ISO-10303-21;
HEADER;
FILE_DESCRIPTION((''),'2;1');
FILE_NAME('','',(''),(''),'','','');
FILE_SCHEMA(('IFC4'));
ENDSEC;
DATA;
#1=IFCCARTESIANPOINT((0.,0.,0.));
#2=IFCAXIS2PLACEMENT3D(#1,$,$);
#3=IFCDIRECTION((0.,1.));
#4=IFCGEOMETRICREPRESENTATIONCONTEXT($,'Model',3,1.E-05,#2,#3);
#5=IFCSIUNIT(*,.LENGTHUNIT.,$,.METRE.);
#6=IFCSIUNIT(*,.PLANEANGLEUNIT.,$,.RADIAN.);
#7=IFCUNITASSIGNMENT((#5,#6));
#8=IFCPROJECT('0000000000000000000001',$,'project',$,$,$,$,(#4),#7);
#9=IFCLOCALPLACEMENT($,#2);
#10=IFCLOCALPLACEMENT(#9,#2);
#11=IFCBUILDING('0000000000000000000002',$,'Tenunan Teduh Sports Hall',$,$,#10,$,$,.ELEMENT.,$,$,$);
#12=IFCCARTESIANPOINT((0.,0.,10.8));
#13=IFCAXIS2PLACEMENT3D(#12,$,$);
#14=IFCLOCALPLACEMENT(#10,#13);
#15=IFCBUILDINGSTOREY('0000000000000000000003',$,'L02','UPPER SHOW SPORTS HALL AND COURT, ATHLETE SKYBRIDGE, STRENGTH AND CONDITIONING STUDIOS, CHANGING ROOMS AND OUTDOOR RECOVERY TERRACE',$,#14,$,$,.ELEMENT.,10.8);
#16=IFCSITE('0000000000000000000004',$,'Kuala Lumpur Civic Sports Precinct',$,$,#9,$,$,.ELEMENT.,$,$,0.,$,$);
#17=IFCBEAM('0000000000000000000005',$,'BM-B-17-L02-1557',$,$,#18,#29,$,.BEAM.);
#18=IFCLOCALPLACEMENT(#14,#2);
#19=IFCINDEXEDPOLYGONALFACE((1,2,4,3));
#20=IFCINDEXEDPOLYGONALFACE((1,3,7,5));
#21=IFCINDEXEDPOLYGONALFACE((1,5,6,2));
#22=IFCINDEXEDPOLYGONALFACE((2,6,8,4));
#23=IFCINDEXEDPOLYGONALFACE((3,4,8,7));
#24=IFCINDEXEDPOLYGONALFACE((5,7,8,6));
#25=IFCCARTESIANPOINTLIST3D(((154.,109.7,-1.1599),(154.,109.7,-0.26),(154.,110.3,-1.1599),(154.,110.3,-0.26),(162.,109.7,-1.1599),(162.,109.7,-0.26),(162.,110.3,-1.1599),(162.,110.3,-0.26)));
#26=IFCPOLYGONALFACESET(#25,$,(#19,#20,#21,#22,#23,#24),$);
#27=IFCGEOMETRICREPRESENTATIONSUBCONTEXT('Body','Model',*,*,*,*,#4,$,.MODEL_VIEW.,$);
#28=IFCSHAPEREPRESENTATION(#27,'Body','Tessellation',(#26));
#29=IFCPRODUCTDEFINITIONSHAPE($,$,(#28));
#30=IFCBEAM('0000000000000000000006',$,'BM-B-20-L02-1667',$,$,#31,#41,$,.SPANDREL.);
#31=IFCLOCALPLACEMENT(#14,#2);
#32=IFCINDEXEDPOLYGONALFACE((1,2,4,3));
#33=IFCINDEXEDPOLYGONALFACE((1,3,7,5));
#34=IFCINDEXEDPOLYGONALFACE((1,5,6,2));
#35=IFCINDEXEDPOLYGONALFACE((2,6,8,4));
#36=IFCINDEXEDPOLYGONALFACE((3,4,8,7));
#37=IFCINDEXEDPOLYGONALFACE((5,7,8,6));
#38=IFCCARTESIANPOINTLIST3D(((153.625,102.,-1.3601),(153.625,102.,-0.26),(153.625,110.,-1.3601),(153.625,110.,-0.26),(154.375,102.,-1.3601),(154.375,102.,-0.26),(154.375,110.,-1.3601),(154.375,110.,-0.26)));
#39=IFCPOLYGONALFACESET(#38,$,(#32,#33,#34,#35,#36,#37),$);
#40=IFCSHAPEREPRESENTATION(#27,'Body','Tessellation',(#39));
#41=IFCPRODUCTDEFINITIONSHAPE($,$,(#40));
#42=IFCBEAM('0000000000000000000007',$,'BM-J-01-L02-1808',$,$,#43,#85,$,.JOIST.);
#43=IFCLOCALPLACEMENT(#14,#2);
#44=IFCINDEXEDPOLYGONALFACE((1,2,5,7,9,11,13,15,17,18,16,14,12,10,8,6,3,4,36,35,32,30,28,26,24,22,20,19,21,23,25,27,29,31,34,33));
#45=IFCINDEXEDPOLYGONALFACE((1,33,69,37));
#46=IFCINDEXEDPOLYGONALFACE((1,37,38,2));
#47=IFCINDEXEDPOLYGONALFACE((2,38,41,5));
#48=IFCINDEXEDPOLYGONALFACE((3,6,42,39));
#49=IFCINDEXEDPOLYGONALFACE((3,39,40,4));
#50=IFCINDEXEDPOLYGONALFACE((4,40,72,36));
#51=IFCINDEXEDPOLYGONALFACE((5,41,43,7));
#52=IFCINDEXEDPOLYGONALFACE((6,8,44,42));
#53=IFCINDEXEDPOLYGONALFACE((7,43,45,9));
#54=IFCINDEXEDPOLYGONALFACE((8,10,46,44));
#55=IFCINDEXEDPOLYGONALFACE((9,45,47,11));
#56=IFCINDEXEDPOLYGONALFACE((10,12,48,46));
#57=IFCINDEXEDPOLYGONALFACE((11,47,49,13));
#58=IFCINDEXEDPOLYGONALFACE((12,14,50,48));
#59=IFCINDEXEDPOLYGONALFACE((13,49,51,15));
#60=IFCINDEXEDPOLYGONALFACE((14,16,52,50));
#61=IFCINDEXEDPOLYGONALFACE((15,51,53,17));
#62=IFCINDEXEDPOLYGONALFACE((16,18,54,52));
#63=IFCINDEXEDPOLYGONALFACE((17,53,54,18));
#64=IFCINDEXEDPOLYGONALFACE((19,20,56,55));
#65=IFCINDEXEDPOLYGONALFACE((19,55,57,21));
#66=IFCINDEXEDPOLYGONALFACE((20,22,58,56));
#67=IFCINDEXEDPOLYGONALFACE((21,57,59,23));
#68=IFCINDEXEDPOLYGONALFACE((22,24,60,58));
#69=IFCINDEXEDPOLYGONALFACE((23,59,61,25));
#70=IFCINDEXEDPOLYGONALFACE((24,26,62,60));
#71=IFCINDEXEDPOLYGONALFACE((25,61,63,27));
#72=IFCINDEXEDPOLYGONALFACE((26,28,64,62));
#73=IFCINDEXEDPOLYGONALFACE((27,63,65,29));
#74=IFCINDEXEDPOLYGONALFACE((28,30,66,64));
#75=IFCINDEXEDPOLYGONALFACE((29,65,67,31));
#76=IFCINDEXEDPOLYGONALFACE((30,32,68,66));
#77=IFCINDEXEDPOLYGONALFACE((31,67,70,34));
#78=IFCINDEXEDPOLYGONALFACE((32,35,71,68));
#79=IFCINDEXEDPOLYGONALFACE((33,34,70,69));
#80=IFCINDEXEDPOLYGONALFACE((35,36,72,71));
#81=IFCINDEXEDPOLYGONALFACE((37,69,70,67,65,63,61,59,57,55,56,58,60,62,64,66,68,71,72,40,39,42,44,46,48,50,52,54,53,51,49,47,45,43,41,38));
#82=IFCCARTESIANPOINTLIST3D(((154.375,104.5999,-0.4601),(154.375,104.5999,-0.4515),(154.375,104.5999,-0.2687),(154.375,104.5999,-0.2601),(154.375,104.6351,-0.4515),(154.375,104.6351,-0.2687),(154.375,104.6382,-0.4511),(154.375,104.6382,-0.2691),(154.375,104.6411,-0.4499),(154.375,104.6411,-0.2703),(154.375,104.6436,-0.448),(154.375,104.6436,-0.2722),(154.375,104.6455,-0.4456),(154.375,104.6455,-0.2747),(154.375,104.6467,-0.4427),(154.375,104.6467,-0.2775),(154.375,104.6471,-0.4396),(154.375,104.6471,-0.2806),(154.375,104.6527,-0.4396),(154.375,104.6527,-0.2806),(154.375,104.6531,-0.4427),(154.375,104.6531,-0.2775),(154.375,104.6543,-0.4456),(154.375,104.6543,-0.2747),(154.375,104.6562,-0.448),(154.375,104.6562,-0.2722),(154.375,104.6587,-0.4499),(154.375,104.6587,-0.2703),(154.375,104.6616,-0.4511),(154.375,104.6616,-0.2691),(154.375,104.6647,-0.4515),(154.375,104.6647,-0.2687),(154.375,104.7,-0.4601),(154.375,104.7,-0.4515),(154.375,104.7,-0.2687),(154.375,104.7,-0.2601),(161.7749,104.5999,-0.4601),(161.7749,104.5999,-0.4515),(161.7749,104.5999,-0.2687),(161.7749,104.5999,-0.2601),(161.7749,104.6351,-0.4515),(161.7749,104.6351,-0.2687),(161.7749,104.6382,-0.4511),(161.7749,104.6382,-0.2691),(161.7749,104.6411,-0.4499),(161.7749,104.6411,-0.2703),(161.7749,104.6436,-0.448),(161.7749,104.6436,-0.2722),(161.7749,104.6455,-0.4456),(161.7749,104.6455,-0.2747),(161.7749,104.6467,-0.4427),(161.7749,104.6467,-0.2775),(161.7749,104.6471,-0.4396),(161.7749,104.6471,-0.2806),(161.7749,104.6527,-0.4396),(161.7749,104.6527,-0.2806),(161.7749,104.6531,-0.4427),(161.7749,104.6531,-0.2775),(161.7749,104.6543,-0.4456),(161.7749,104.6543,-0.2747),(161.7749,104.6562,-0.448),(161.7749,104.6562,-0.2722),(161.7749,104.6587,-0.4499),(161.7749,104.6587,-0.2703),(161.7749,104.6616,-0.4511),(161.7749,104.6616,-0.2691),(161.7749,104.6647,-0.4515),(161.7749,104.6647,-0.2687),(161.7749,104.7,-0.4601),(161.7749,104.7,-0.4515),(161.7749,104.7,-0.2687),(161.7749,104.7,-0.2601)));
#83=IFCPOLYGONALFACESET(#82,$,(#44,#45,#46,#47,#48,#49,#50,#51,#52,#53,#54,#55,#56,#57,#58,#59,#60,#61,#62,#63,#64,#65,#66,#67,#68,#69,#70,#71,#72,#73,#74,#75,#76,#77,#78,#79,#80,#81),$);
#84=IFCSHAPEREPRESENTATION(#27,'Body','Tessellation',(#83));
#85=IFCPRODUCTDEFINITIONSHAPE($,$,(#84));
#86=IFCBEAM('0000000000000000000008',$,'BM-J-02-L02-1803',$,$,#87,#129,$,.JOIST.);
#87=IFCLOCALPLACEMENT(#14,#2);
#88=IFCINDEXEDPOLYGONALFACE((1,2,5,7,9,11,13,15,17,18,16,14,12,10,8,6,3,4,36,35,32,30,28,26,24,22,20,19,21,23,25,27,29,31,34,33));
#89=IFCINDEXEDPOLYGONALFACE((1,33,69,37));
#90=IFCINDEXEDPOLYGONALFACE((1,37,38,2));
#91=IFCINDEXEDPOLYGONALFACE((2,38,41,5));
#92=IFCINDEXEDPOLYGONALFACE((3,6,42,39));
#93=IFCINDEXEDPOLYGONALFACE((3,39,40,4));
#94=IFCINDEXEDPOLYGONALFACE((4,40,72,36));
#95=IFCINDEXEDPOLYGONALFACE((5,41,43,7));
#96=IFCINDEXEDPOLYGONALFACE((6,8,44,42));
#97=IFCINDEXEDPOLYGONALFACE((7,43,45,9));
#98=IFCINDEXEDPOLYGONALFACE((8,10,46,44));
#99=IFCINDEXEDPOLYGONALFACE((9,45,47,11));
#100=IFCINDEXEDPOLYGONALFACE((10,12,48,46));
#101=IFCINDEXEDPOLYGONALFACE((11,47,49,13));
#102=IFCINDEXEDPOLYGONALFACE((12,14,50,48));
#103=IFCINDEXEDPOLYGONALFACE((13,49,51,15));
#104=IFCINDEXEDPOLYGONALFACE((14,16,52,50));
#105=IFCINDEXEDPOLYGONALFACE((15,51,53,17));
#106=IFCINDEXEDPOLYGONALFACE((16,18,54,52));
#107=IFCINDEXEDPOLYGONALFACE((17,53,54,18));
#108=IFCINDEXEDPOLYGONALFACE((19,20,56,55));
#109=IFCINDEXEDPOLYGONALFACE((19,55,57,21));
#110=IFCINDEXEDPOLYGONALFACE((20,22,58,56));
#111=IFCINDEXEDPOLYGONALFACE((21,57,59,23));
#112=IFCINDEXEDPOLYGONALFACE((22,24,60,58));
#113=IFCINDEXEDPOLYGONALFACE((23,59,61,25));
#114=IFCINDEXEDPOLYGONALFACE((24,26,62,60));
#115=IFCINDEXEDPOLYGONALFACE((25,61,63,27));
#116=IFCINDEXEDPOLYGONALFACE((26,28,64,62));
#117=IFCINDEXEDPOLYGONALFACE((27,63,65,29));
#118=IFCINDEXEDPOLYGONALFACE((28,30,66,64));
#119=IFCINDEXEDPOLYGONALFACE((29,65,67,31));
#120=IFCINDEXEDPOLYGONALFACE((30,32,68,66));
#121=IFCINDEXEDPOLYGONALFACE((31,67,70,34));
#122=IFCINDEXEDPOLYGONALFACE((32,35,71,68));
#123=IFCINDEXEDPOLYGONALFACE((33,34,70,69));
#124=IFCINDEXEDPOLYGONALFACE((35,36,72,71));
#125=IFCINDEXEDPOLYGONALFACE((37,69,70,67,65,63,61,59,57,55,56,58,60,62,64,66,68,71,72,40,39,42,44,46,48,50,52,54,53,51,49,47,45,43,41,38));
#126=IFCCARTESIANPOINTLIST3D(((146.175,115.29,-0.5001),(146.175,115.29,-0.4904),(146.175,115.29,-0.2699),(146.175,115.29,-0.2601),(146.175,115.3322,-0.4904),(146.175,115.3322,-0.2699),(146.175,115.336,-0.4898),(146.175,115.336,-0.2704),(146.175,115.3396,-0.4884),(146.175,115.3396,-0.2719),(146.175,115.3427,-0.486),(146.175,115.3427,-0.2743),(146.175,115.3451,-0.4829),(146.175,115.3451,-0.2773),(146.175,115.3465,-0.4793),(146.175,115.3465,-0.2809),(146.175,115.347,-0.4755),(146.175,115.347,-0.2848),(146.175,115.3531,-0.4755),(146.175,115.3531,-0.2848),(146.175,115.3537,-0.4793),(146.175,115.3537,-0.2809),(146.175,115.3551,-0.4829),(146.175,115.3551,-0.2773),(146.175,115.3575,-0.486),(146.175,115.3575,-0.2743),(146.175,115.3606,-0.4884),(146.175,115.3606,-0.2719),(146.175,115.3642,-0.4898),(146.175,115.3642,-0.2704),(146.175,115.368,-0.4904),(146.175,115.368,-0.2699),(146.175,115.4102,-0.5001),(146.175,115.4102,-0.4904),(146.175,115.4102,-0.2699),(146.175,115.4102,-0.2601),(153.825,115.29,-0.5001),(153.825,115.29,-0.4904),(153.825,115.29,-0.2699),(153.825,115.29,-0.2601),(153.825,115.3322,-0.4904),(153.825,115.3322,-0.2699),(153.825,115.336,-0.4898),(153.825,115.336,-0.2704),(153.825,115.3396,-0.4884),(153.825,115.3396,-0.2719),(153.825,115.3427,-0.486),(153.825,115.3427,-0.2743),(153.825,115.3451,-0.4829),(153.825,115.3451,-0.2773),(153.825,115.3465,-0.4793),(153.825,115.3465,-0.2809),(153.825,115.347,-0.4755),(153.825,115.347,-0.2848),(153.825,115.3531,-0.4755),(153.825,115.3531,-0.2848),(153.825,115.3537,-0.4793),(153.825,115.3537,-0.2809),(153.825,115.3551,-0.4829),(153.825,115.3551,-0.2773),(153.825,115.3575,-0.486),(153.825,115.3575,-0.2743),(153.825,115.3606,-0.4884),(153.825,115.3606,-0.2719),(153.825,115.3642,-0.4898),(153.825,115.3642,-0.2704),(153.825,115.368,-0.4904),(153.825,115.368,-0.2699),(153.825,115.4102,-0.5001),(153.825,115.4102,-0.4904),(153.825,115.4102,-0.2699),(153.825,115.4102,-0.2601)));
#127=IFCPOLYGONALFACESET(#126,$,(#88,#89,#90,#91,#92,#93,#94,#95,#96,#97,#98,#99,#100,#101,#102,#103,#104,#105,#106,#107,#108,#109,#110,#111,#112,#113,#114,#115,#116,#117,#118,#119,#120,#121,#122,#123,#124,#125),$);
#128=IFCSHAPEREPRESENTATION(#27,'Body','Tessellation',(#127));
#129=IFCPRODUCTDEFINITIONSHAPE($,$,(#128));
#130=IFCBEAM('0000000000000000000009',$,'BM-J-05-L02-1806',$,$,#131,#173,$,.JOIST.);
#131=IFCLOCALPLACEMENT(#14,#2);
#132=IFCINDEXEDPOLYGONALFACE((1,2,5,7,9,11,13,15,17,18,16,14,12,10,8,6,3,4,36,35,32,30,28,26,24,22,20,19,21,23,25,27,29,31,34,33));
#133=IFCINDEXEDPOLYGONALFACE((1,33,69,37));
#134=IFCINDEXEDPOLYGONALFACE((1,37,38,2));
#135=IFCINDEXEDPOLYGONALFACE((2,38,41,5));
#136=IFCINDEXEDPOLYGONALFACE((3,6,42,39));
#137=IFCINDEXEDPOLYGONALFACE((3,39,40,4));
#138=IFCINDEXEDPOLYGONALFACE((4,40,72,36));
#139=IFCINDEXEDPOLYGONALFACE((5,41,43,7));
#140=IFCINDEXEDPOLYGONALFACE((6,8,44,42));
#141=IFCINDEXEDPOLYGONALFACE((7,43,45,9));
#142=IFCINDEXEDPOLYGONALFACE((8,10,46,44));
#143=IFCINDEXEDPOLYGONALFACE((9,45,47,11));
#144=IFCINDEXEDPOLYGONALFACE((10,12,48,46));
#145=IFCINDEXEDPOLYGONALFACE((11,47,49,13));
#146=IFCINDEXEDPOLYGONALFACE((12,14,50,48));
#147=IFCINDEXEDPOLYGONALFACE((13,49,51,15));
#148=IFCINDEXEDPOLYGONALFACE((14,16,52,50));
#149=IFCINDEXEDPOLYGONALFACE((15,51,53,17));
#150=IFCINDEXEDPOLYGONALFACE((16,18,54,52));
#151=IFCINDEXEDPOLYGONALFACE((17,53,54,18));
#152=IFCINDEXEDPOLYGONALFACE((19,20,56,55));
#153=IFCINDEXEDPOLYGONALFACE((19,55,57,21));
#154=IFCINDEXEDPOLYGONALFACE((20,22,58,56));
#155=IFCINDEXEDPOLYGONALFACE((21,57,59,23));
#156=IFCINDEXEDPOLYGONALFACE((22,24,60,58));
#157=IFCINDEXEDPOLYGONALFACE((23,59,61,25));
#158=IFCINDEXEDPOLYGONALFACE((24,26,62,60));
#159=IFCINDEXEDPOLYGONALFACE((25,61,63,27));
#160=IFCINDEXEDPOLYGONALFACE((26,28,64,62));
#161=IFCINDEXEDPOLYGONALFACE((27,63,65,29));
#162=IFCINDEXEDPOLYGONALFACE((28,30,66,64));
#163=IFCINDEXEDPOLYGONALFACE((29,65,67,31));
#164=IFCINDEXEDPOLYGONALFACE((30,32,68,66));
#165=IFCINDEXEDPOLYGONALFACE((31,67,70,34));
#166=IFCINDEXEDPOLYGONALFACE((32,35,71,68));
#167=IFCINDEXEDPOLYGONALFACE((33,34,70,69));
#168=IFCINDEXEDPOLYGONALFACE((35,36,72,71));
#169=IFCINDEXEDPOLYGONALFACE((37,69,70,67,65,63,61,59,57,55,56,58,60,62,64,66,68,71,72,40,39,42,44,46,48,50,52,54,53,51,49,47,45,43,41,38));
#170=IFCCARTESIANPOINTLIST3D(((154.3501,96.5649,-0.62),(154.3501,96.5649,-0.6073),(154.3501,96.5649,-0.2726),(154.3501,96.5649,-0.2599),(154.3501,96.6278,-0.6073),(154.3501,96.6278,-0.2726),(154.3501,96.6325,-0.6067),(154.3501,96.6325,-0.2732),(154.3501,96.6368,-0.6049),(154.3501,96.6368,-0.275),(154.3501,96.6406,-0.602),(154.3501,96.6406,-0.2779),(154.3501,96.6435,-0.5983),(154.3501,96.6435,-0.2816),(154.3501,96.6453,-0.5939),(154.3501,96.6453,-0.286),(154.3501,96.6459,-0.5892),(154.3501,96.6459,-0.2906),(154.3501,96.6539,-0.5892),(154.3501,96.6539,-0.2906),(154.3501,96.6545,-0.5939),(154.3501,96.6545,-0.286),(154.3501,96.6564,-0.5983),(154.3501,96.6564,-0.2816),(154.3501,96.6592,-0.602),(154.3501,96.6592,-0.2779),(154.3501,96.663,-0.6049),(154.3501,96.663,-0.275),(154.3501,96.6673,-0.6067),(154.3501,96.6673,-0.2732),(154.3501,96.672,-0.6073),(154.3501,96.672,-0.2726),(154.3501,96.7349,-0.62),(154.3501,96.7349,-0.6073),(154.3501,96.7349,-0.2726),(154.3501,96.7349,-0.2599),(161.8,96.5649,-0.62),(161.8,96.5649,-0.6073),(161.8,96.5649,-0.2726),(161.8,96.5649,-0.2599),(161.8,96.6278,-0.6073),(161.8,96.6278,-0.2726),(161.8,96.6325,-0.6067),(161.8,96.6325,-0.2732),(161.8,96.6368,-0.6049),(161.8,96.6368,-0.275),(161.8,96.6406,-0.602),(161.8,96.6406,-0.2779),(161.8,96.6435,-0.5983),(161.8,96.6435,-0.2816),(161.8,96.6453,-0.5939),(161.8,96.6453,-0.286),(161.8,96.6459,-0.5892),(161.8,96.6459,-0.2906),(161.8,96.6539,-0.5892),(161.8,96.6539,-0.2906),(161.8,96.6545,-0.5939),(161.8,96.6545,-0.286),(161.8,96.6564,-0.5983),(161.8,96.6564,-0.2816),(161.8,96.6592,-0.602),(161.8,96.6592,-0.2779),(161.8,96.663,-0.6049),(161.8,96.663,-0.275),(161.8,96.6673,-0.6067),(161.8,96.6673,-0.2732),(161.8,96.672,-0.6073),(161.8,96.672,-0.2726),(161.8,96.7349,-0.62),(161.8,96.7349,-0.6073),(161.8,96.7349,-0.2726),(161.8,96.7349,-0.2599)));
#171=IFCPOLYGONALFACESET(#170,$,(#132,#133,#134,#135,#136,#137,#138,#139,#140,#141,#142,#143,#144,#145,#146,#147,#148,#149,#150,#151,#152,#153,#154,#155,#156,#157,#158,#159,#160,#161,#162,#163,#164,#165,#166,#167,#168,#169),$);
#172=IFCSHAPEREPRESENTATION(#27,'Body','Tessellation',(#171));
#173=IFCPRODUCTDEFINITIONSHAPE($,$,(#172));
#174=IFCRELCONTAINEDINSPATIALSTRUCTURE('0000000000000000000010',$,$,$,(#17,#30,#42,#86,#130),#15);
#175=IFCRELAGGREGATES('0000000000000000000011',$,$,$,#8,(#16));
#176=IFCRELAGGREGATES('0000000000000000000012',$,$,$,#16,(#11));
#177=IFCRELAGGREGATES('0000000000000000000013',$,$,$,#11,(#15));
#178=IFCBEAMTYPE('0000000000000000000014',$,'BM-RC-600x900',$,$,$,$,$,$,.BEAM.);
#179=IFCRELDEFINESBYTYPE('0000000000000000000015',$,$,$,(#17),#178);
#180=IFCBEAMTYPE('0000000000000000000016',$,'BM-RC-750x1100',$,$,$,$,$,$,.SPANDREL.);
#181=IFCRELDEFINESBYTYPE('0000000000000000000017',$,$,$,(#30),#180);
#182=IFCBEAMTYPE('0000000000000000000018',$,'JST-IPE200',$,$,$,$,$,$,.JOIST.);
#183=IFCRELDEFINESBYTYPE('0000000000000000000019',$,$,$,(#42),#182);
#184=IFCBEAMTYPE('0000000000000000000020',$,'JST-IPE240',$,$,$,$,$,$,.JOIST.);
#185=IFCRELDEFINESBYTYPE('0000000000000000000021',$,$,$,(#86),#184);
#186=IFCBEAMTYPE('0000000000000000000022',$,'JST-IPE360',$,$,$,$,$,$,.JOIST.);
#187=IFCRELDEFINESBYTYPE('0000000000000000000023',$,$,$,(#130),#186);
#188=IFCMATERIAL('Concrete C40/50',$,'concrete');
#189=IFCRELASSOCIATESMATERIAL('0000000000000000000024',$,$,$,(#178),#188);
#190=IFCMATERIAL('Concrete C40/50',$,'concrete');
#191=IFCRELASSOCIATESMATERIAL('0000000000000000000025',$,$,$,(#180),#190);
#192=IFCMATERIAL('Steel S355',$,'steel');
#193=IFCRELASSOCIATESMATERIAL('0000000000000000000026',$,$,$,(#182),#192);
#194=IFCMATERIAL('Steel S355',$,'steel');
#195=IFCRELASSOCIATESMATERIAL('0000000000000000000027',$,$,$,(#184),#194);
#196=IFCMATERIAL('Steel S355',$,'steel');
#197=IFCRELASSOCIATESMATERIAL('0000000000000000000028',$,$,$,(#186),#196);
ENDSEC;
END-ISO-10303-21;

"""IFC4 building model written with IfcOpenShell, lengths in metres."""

from ifc_helpers import new_model, si_unit, direction, frame, origin, origin_2d, place, context, subcontext, project, spatial, rectangle, i_section, extrude, material, material_profile, profile_set, type_object, element, save


model = new_model("IFC4")

# Units and contexts
model_context = context("Model", 3, precision=1e-05, world=origin(), true_north=direction((0.0, 1.0)))
body_context = subcontext(model_context, "Body", "Model", "MODEL_VIEW")
ifc_project = project(units=[si_unit("LENGTHUNIT", "METRE"), si_unit("PLANEANGLEUNIT", "RADIAN")], contexts=[model_context])

# Site, building, storey
site_placement = place(None, origin())
site = spatial("IfcSite", under=ifc_project, at=site_placement, Name="Kuala Lumpur Civic Sports Precinct", CompositionType="ELEMENT", RefElevation=0.0)
building_placement = place(site_placement, origin())
building = spatial("IfcBuilding", under=site, at=building_placement, Name="Tenunan Teduh Sports Hall", CompositionType="ELEMENT")
storey_placement = place(building_placement, frame((0.0, 0.0, 10.8)))
storey = spatial("IfcBuildingStorey", under=building, at=storey_placement, Name="L02", Description="UPPER SHOW SPORTS HALL AND COURT, ATHLETE SKYBRIDGE, STRENGTH AND CONDITIONING STUDIOS, CHANGING ROOMS AND OUTDOOR RECOVERY TERRACE", CompositionType="ELEMENT", Elevation=10.8)

# Beams
ifc_material_1 = material(Name="Concrete C40/50", Category="concrete")
ifc_material_profile_1 = material_profile(ifc_material_1, rectangle(XDim=0.6001, YDim=0.8999, at=origin_2d()), Name="RCB 600x900")
ifc_profile_set_1 = profile_set([ifc_material_profile_1], Name="Concrete C40/50")
beam_type_1 = type_object("IfcBeamType", Name="BM-RC-600x900", PredefinedType="BEAM", material=ifc_profile_set_1)
beam_1_placement = place(storey_placement, frame((154.0, 110.0, -0.71), z_axis=(1.0, 0.0, 0.0), x_axis=(0.0, 1.0, 0.0)))
element("IfcBeam", 1, at=beam_1_placement, inside=storey, type_object=beam_type_1, Name="BM-B-17-L02-1557", PredefinedType="BEAM", context=body_context, shape_type="SweptSolid", body=[
    extrude(rectangle(XDim=0.6001, YDim=0.8999, at=origin_2d()), origin(), (0.0, 0.0, 1.0), 8.0),
])
ifc_material_2 = material(Name="Concrete C40/50", Category="concrete")
ifc_material_profile_2 = material_profile(ifc_material_2, rectangle(XDim=0.75, YDim=1.1001, at=origin_2d()), Name="RCB 750x1100")
ifc_profile_set_2 = profile_set([ifc_material_profile_2], Name="Concrete C40/50")
beam_type_2 = type_object("IfcBeamType", Name="BM-RC-750x1100", PredefinedType="SPANDREL", material=ifc_profile_set_2)
beam_2_placement = place(storey_placement, frame((154.0, 102.0, -0.8101), z_axis=(0.0, 1.0, 0.0), x_axis=(-1.0, 0.0, 0.0)))
element("IfcBeam", 2, at=beam_2_placement, inside=storey, type_object=beam_type_2, Name="BM-B-20-L02-1667", PredefinedType="SPANDREL", context=body_context, shape_type="SweptSolid", body=[
    extrude(rectangle(XDim=0.75, YDim=1.1001, at=origin_2d()), origin(), (0.0, 0.0, 1.0), 8.0),
])
ifc_material_3 = material(Name="Steel S355", Category="steel")
ifc_material_profile_3 = material_profile(ifc_material_3, i_section(OverallWidth=0.1001, OverallDepth=0.2, WebThickness=0.0056, FlangeThickness=0.0085, FilletRadius=0.012, at=origin_2d()), Name="IPE 200")
ifc_profile_set_3 = profile_set([ifc_material_profile_3], Name="Steel S355")
beam_type_3 = type_object("IfcBeamType", Name="JST-IPE200", PredefinedType="JOIST", material=ifc_profile_set_3)
beam_3_placement = place(storey_placement, frame((154.375, 104.6499, -0.3601), z_axis=(1.0, 0.0, 0.0), x_axis=(0.0, 1.0, 0.0)))
element("IfcBeam", 3, at=beam_3_placement, inside=storey, type_object=beam_type_3, Name="BM-J-01-L02-1808", PredefinedType="JOIST", context=body_context, shape_type="SweptSolid", body=[
    extrude(i_section(OverallWidth=0.1001, OverallDepth=0.2, WebThickness=0.0056, FlangeThickness=0.0085, FilletRadius=0.012, at=origin_2d()), origin(), (0.0, 0.0, 1.0), 7.3999),
])
ifc_material_4 = material(Name="Steel S355", Category="steel")
ifc_material_profile_4 = material_profile(ifc_material_4, i_section(OverallWidth=0.1201, OverallDepth=0.24, WebThickness=0.0061, FlangeThickness=0.0098, FilletRadius=0.0149, at=origin_2d()), Name="IPE 240")
ifc_profile_set_4 = profile_set([ifc_material_profile_4], Name="Steel S355")
beam_type_4 = type_object("IfcBeamType", Name="JST-IPE240", PredefinedType="JOIST", material=ifc_profile_set_4)
beam_4_placement = place(storey_placement, frame((146.175, 115.3501, -0.3801), z_axis=(1.0, 0.0, 0.0), x_axis=(0.0, 1.0, 0.0)))
element("IfcBeam", 4, at=beam_4_placement, inside=storey, type_object=beam_type_4, Name="BM-J-02-L02-1803", PredefinedType="JOIST", context=body_context, shape_type="SweptSolid", body=[
    extrude(i_section(OverallWidth=0.1201, OverallDepth=0.24, WebThickness=0.0061, FlangeThickness=0.0098, FilletRadius=0.0149, at=origin_2d()), origin(), (0.0, 0.0, 1.0), 7.6499),
])
ifc_material_5 = material(Name="Steel S355", Category="steel")
ifc_material_profile_5 = material_profile(ifc_material_5, i_section(OverallWidth=0.1699, OverallDepth=0.3601, WebThickness=0.0081, FlangeThickness=0.0127, FilletRadius=0.0181, at=origin_2d()), Name="IPE 360")
ifc_profile_set_5 = profile_set([ifc_material_profile_5], Name="Steel S355")
beam_type_5 = type_object("IfcBeamType", Name="JST-IPE360", PredefinedType="JOIST", material=ifc_profile_set_5)
beam_5_placement = place(storey_placement, frame((154.3501, 96.6499, -0.4399), z_axis=(1.0, 0.0, 0.0), x_axis=(0.0, 1.0, 0.0)))
element("IfcBeam", 5, at=beam_5_placement, inside=storey, type_object=beam_type_5, Name="BM-J-05-L02-1806", PredefinedType="JOIST", context=body_context, shape_type="SweptSolid", body=[
    extrude(i_section(OverallWidth=0.1699, OverallDepth=0.3601, WebThickness=0.0081, FlangeThickness=0.0127, FilletRadius=0.0181, at=origin_2d()), origin(), (0.0, 0.0, 1.0), 7.45),
])

save(model, "model.ifc")
